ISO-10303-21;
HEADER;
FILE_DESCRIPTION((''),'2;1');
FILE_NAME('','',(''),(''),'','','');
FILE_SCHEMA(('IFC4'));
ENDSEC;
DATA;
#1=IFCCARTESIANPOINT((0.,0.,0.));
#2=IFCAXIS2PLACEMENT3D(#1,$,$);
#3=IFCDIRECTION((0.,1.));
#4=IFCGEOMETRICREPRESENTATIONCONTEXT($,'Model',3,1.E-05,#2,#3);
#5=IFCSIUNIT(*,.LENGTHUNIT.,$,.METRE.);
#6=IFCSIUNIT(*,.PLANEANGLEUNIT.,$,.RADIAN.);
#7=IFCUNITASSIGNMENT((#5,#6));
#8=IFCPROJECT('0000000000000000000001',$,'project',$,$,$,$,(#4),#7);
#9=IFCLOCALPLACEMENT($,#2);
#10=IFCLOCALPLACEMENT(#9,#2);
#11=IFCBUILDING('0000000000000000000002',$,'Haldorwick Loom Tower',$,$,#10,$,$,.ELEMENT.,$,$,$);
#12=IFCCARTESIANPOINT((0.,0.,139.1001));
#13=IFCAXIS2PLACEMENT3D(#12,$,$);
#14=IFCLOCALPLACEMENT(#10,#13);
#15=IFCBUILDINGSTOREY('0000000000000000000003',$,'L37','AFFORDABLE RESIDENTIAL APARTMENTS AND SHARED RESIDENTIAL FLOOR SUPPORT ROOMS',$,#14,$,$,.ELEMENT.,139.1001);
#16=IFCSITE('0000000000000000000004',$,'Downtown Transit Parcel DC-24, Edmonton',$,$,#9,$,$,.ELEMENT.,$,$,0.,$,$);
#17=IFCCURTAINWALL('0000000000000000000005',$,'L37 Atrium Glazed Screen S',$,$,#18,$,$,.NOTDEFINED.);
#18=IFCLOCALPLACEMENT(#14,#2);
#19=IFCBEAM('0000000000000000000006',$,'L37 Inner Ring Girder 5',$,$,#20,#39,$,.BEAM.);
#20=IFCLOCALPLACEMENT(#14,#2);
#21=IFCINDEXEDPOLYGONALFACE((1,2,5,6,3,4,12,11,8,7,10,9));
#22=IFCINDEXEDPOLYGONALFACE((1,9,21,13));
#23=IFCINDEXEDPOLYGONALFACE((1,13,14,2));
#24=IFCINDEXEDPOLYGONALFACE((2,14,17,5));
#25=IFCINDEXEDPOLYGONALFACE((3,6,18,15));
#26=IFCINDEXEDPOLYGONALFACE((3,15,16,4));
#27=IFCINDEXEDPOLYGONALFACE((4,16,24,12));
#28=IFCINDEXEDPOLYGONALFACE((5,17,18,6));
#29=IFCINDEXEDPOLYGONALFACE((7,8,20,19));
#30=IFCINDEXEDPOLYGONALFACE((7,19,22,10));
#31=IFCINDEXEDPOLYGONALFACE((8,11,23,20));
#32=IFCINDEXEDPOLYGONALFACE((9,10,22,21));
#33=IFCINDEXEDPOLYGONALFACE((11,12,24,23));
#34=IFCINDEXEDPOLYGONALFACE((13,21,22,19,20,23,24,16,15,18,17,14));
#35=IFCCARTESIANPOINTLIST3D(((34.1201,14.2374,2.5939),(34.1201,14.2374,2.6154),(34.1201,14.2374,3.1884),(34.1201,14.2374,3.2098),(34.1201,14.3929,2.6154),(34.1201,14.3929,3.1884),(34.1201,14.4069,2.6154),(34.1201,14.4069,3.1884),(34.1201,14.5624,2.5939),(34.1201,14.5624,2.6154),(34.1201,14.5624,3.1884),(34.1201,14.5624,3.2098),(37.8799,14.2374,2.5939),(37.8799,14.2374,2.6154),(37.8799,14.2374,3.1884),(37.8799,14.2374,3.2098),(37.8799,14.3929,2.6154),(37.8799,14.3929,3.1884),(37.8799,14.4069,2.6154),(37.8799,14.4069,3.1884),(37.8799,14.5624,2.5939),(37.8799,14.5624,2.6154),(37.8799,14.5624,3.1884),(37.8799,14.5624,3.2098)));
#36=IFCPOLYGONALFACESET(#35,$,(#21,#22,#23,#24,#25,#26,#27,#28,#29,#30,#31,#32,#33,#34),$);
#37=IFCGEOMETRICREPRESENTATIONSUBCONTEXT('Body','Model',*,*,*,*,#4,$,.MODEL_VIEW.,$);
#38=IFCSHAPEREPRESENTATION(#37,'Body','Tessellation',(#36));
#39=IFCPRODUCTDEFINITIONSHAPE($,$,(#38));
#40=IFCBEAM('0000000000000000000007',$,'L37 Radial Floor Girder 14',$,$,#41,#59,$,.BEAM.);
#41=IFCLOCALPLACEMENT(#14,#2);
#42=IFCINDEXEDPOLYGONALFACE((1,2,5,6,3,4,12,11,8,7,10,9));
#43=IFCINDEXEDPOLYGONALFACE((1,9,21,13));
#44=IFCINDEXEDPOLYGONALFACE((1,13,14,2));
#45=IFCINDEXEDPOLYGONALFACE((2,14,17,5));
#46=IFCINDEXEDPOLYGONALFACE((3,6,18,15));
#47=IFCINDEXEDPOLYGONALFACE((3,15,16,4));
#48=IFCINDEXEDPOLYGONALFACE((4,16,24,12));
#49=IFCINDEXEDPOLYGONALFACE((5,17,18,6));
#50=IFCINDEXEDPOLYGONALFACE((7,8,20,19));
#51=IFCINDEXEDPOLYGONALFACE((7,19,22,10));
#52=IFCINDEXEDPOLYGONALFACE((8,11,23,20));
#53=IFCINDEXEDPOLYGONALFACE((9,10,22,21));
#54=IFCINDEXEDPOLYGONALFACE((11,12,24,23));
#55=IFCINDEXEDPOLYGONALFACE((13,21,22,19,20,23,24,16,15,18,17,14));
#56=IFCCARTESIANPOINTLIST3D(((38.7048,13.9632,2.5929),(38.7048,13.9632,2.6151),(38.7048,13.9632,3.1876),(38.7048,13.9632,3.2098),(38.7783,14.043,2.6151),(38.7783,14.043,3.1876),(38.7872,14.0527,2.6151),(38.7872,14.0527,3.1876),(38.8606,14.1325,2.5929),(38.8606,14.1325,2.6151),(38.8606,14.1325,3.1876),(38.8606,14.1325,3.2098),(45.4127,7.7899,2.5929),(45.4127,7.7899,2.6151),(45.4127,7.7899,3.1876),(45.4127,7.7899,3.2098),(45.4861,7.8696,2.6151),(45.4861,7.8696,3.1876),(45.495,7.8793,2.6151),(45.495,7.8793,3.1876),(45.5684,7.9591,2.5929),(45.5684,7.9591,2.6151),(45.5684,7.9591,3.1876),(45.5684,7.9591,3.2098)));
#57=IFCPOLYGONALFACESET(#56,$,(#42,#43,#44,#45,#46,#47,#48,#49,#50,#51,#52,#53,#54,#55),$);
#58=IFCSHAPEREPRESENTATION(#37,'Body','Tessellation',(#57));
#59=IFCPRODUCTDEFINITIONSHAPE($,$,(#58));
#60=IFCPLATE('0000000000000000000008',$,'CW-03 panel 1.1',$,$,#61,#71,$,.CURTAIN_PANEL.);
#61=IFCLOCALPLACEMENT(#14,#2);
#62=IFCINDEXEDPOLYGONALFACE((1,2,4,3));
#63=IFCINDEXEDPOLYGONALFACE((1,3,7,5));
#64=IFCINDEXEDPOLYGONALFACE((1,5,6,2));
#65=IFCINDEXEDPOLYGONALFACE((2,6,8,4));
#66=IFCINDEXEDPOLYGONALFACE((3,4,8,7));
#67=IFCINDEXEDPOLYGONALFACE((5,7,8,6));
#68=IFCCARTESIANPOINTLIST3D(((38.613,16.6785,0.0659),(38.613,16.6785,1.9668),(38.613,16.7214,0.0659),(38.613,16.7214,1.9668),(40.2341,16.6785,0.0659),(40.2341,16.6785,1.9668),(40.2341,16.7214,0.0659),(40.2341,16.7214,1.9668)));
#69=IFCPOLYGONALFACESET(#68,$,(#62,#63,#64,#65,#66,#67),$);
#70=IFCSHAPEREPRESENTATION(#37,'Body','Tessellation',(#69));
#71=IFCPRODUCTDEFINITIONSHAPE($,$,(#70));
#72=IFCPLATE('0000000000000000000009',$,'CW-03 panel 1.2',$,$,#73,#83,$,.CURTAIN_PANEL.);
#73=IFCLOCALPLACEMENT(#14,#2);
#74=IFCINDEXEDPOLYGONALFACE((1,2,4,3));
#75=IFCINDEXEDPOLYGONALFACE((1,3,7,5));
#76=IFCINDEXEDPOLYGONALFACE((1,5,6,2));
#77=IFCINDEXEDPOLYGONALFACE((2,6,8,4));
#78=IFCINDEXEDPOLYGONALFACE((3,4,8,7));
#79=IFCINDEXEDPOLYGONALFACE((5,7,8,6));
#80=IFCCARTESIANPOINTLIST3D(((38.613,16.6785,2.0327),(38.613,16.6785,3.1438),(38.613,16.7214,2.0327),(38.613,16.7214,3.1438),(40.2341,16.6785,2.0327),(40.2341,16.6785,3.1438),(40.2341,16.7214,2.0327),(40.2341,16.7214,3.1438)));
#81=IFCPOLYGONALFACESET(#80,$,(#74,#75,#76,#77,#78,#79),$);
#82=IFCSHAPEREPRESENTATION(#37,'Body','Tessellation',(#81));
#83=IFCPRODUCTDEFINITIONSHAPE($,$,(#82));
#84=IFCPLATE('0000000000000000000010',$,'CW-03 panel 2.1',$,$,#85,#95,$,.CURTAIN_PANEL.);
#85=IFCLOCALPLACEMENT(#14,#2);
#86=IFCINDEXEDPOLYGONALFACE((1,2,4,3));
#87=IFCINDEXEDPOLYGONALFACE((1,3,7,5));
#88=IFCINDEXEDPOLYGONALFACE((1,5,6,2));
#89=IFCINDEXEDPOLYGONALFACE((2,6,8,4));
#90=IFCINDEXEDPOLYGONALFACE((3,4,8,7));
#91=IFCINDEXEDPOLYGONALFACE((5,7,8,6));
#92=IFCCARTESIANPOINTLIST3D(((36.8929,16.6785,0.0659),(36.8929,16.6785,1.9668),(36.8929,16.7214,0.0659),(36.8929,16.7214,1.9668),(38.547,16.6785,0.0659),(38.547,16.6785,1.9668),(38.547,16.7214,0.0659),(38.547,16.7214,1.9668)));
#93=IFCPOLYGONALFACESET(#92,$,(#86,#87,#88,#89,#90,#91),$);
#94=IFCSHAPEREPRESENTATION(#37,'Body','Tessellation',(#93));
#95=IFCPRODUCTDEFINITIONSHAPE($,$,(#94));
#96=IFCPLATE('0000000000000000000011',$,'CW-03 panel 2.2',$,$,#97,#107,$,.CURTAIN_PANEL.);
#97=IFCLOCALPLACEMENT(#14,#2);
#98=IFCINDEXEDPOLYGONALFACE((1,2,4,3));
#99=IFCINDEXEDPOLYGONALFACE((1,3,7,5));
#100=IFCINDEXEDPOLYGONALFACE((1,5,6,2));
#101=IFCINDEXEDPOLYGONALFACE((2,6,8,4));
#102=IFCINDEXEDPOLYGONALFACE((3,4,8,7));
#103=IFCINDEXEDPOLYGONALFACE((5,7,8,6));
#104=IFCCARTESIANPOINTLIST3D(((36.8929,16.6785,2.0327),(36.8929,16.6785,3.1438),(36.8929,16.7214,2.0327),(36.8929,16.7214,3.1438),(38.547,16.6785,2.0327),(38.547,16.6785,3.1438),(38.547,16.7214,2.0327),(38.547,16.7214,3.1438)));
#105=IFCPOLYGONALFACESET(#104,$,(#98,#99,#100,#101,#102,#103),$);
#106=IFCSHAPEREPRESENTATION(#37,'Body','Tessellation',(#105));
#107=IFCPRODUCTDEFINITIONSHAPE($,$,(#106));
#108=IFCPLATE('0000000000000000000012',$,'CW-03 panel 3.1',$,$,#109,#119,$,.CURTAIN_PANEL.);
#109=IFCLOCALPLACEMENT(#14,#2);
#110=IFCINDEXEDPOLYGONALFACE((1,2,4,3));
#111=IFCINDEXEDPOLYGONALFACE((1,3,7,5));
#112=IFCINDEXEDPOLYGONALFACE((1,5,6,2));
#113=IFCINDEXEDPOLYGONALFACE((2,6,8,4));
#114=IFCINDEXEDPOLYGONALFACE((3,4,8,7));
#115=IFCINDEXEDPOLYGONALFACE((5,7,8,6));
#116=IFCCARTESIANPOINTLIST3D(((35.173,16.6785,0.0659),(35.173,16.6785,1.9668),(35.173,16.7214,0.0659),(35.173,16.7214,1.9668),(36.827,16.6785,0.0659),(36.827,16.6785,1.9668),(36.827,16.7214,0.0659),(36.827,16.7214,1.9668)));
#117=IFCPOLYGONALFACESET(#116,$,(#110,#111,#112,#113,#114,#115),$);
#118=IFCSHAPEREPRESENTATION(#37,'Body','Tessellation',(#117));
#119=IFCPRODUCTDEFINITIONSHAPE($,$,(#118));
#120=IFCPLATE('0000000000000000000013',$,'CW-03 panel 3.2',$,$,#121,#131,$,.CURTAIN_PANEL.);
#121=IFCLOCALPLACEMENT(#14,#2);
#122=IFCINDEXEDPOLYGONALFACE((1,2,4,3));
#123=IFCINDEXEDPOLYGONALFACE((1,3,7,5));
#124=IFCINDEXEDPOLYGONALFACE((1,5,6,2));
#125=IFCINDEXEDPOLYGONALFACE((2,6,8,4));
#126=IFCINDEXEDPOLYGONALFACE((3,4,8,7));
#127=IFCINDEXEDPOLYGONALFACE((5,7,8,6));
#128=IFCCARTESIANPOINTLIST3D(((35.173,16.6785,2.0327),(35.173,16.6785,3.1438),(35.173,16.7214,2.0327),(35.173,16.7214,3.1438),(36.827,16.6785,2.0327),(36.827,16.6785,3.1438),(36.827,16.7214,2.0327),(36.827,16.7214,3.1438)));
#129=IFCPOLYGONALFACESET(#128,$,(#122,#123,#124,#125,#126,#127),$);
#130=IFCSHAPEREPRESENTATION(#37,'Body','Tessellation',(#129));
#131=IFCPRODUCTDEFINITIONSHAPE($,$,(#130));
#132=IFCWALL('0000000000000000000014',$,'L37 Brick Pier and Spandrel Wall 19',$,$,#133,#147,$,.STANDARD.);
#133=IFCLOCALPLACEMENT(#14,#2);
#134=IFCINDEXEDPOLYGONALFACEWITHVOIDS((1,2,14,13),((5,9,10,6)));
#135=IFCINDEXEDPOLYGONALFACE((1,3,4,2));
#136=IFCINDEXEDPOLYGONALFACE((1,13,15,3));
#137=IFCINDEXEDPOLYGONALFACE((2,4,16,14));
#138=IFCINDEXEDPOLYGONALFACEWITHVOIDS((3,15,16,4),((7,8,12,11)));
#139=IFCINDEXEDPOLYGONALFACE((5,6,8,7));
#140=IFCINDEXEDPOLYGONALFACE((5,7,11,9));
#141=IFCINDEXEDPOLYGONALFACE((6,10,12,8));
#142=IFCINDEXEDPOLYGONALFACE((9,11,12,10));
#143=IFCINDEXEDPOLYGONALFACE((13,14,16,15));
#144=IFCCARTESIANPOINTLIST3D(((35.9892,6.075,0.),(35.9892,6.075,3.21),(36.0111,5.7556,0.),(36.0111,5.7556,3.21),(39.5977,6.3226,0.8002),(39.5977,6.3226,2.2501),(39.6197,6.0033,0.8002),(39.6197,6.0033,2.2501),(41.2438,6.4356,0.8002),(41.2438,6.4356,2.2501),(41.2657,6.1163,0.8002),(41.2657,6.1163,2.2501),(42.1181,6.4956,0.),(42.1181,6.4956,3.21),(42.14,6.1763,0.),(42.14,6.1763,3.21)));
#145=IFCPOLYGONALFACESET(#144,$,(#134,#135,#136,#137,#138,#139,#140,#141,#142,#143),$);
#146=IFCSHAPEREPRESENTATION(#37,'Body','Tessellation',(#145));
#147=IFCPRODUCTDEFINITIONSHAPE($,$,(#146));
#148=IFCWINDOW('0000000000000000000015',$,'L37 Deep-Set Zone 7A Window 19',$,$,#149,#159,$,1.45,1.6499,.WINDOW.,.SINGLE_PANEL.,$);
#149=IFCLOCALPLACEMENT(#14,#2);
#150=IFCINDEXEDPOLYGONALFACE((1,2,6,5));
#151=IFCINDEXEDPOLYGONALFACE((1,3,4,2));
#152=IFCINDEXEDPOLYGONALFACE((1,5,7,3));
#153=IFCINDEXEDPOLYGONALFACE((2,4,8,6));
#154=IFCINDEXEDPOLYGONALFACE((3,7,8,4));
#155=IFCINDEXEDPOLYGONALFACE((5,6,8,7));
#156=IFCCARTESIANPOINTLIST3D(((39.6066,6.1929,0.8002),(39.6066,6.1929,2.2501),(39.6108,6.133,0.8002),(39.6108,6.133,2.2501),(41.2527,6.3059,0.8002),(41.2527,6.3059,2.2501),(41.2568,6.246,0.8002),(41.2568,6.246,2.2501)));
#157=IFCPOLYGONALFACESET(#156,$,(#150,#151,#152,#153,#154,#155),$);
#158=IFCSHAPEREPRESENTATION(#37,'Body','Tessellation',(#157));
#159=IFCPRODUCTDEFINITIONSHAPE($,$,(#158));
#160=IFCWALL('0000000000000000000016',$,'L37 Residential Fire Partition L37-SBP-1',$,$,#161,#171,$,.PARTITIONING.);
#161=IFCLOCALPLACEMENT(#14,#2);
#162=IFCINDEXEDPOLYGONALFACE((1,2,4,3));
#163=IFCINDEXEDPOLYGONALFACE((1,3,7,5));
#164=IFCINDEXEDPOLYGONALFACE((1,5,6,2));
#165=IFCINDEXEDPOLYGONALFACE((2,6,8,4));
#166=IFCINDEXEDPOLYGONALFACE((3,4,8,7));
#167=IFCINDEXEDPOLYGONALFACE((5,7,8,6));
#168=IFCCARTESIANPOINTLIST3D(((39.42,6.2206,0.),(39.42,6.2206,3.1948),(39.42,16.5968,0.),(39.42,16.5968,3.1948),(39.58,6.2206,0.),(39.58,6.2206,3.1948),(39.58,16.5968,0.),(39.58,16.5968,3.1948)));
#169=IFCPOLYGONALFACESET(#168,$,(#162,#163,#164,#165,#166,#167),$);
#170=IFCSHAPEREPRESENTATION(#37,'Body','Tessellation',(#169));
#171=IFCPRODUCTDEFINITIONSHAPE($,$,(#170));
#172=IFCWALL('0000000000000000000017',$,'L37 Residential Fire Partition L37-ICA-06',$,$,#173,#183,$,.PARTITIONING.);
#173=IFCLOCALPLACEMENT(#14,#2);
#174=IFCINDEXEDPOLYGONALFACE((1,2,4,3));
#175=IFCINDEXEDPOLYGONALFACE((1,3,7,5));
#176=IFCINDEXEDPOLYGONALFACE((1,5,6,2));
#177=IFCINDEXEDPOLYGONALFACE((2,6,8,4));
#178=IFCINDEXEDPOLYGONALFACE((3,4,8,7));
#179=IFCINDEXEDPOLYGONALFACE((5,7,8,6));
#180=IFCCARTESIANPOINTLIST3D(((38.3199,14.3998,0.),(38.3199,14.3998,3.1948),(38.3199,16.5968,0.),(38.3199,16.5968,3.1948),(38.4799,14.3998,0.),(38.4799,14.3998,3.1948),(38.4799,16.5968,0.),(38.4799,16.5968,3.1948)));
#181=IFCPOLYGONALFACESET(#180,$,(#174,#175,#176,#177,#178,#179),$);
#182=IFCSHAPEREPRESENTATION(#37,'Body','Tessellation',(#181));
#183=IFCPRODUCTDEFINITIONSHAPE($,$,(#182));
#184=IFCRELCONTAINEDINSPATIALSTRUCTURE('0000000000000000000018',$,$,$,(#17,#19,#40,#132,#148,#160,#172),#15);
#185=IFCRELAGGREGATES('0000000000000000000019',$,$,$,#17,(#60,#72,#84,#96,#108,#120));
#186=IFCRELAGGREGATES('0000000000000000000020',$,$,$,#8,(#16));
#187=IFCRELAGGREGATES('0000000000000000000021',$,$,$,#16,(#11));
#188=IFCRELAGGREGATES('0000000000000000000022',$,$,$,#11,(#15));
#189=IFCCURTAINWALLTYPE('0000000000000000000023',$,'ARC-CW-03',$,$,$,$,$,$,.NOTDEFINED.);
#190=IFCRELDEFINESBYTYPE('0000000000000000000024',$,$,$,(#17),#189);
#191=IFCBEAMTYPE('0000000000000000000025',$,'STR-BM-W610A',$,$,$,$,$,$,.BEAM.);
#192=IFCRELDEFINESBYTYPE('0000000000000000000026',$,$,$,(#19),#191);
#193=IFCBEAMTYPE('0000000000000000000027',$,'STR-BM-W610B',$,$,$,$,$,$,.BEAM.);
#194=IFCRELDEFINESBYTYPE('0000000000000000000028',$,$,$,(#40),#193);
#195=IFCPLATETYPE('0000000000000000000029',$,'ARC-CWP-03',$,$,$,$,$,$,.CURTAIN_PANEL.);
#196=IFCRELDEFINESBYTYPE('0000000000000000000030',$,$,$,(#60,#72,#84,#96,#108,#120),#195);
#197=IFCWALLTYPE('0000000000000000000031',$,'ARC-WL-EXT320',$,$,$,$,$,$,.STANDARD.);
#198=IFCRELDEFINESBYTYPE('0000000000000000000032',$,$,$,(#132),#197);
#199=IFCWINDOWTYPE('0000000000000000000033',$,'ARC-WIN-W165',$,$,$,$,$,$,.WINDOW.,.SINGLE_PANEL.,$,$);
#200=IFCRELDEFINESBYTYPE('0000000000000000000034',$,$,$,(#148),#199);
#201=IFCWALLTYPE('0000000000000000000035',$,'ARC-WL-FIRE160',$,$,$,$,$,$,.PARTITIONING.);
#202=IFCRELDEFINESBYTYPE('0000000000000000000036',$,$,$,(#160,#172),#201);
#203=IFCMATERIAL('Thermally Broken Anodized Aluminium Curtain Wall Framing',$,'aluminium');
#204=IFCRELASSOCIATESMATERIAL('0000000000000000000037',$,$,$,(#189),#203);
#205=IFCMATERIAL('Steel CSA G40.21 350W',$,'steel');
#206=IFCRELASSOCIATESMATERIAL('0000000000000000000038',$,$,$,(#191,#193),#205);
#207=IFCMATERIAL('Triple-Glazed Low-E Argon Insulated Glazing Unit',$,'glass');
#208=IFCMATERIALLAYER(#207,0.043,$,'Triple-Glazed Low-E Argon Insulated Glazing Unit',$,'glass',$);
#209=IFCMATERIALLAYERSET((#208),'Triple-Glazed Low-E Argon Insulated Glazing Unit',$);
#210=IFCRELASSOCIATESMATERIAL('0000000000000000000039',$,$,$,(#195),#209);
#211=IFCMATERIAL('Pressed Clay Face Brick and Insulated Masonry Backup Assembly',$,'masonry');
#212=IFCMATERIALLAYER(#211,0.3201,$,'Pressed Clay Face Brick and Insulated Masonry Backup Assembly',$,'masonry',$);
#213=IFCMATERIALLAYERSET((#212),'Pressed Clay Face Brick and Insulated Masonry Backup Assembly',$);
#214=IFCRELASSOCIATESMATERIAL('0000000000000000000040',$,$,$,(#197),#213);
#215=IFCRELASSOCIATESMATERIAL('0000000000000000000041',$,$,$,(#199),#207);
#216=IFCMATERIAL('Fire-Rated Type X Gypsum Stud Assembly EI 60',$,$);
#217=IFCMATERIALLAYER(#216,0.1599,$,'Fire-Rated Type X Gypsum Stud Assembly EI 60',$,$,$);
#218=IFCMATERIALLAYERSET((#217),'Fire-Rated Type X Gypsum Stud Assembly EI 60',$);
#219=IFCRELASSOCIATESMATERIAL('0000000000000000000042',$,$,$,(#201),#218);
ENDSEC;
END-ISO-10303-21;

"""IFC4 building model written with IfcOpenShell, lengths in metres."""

from ifc_helpers import new_model, si_unit, direction, frame, frame_2d, origin, origin_2d, place, context, subcontext, project, spatial, rectangle, i_section, extrude, material, layer, layer_set, material_profile, profile_set, type_object, element, fill, aggregate, save


model = new_model("IFC4")

# Units and contexts
model_context = context("Model", 3, precision=1e-05, world=origin(), true_north=direction((0.0, 1.0)))
body_context = subcontext(model_context, "Body", "Model", "MODEL_VIEW")
ifc_project = project(units=[si_unit("LENGTHUNIT", "METRE"), si_unit("PLANEANGLEUNIT", "RADIAN")], contexts=[model_context])

# Site, building, storey
site_placement = place(None, origin())
site = spatial("IfcSite", under=ifc_project, at=site_placement, Name="Downtown Transit Parcel DC-24, Edmonton", CompositionType="ELEMENT", RefElevation=0.0)
building_placement = place(site_placement, origin())
building = spatial("IfcBuilding", under=site, at=building_placement, Name="Haldorwick Loom Tower", CompositionType="ELEMENT")
storey_placement = place(building_placement, frame((0.0, 0.0, 139.1001)))
storey = spatial("IfcBuildingStorey", under=building, at=storey_placement, Name="L37", Description="AFFORDABLE RESIDENTIAL APARTMENTS AND SHARED RESIDENTIAL FLOOR SUPPORT ROOMS", CompositionType="ELEMENT", Elevation=139.1001)

# Curtain wall
ifc_material_1 = material(Name="Thermally Broken Anodized Aluminium Curtain Wall Framing", Category="aluminium")
curtain_wall_type = type_object("IfcCurtainWallType", Name="ARC-CW-03", PredefinedType="NOTDEFINED", material=ifc_material_1)
curtain_wall_placement = place(storey_placement, origin())
curtain_wall = element("IfcCurtainWall", 1, at=curtain_wall_placement, inside=storey, type_object=curtain_wall_type, Name="L37 Atrium Glazed Screen S", PredefinedType="NOTDEFINED")

# Beams
ifc_material_2 = material(Name="Steel CSA G40.21 350W", Category="steel")
ifc_material_profile_1 = material_profile(ifc_material_2, i_section(OverallWidth=0.325, OverallDepth=0.616, WebThickness=0.0139, FlangeThickness=0.0215, at=origin_2d()), Name="W610X174", Category="steel")
ifc_profile_set_1 = profile_set([ifc_material_profile_1], Name="Steel CSA G40.21 350W")
beam_type_1 = type_object("IfcBeamType", Name="STR-BM-W610A", PredefinedType="BEAM", material=ifc_profile_set_1)
beam_1_placement = place(storey_placement, frame((37.8799, 14.3999, 2.9019), z_axis=(-1.0, 0.0, 0.0), x_axis=(0.0, -1.0, 0.0)))
element("IfcBeam", 2, at=beam_1_placement, inside=storey, type_object=beam_type_1, Name="L37 Inner Ring Girder 5", PredefinedType="BEAM", context=body_context, shape_type="SweptSolid", body=[
    extrude(i_section(OverallWidth=0.325, OverallDepth=0.616, WebThickness=0.0139, FlangeThickness=0.0215, at=origin_2d()), origin(), (0.0, 0.0, 1.0), 3.7598),
])
ifc_material_profile_2 = material_profile(ifc_material_2, i_section(OverallWidth=0.23, OverallDepth=0.6169, WebThickness=0.0132, FlangeThickness=0.0222, at=origin_2d()), Name="W610X140", Category="steel")
ifc_profile_set_2 = profile_set([ifc_material_profile_2], Name="Steel CSA G40.21 350W")
beam_type_2 = type_object("IfcBeamType", Name="STR-BM-W610B", PredefinedType="BEAM", material=ifc_profile_set_2)
beam_2_placement = place(storey_placement, frame((38.7827, 14.0479, 2.9014), z_axis=(0.735811, -0.677187, 0.0), x_axis=(0.677187, 0.735811, 0.0)))
element("IfcBeam", 3, at=beam_2_placement, inside=storey, type_object=beam_type_2, Name="L37 Radial Floor Girder 14", PredefinedType="BEAM", context=body_context, shape_type="SweptSolid", body=[
    extrude(i_section(OverallWidth=0.23, OverallDepth=0.6169, WebThickness=0.0132, FlangeThickness=0.0222, at=origin_2d()), origin(), (0.0, 0.0, 1.0), 9.1162),
])

# Plates
ifc_material_3 = material(Name="Triple-Glazed Low-E Argon Insulated Glazing Unit", Category="glass")
ifc_layer_1 = layer(ifc_material_3, 0.043, Name="Triple-Glazed Low-E Argon Insulated Glazing Unit", Category="glass")
ifc_layer_set_1 = layer_set([ifc_layer_1], Name="Triple-Glazed Low-E Argon Insulated Glazing Unit")
plate_type = type_object("IfcPlateType", Name="ARC-CWP-03", PredefinedType="CURTAIN_PANEL", material=ifc_layer_set_1)
plate_1_placement = place(storey_placement, frame((39.4236, 16.7, 0.0659), z_axis=(0.0, 0.0, 1.0), x_axis=(-1.0, 0.0, 0.0)))
plate_1 = element("IfcPlate", 4, at=plate_1_placement, type_object=plate_type, Name="CW-03 panel 1.1", PredefinedType="CURTAIN_PANEL", context=body_context, shape_type="SweptSolid", body=[
    extrude(rectangle(XDim=1.6211, YDim=0.043, at=origin_2d()), origin(), (0.0, 0.0, 1.0), 1.9009),
])
plate_2_placement = place(storey_placement, frame((39.4236, 16.7, 2.0327), z_axis=(0.0, 0.0, 1.0), x_axis=(-1.0, 0.0, 0.0)))
plate_2 = element("IfcPlate", 5, at=plate_2_placement, type_object=plate_type, Name="CW-03 panel 1.2", PredefinedType="CURTAIN_PANEL", context=body_context, shape_type="SweptSolid", body=[
    extrude(rectangle(XDim=1.6211, YDim=0.043, at=origin_2d()), origin(), (0.0, 0.0, 1.0), 1.1111),
])
plate_3_placement = place(storey_placement, frame((37.72, 16.7, 0.0659), z_axis=(0.0, 0.0, 1.0), x_axis=(-1.0, 0.0, 0.0)))
plate_3 = element("IfcPlate", 6, at=plate_3_placement, type_object=plate_type, Name="CW-03 panel 2.1", PredefinedType="CURTAIN_PANEL", context=body_context, shape_type="SweptSolid", body=[
    extrude(rectangle(XDim=1.6541, YDim=0.043, at=origin_2d()), origin(), (0.0, 0.0, 1.0), 1.9009),
])
plate_4_placement = place(storey_placement, frame((37.72, 16.7, 2.0327), z_axis=(0.0, 0.0, 1.0), x_axis=(-1.0, 0.0, 0.0)))
plate_4 = element("IfcPlate", 7, at=plate_4_placement, type_object=plate_type, Name="CW-03 panel 2.2", PredefinedType="CURTAIN_PANEL", context=body_context, shape_type="SweptSolid", body=[
    extrude(rectangle(XDim=1.6541, YDim=0.043, at=origin_2d()), origin(), (0.0, 0.0, 1.0), 1.1111),
])
plate_5_placement = place(storey_placement, frame((36.0, 16.7, 0.0659), z_axis=(0.0, 0.0, 1.0), x_axis=(-1.0, 0.0, 0.0)))
plate_5 = element("IfcPlate", 8, at=plate_5_placement, type_object=plate_type, Name="CW-03 panel 3.1", PredefinedType="CURTAIN_PANEL", context=body_context, shape_type="SweptSolid", body=[
    extrude(rectangle(XDim=1.6541, YDim=0.043, at=origin_2d()), origin(), (0.0, 0.0, 1.0), 1.9009),
])
plate_6_placement = place(storey_placement, frame((36.0, 16.7, 2.0327), z_axis=(0.0, 0.0, 1.0), x_axis=(-1.0, 0.0, 0.0)))
plate_6 = element("IfcPlate", 9, at=plate_6_placement, type_object=plate_type, Name="CW-03 panel 3.2", PredefinedType="CURTAIN_PANEL", context=body_context, shape_type="SweptSolid", body=[
    extrude(rectangle(XDim=1.6541, YDim=0.043, at=origin_2d()), origin(), (0.0, 0.0, 1.0), 1.1111),
])
aggregate(curtain_wall, [plate_1, plate_2, plate_3, plate_4, plate_5, plate_6])

# Wall, opening, window
ifc_material_4 = material(Name="Pressed Clay Face Brick and Insulated Masonry Backup Assembly", Category="masonry")
ifc_layer_2 = layer(ifc_material_4, 0.3201, Name="Pressed Clay Face Brick and Insulated Masonry Backup Assembly", Category="masonry")
ifc_layer_set_2 = layer_set([ifc_layer_2], Name="Pressed Clay Face Brick and Insulated Masonry Backup Assembly")
wall_type_1 = type_object("IfcWallType", Name="ARC-WL-EXT320", PredefinedType="STANDARD", material=ifc_layer_set_2)
wall_1_placement = place(storey_placement, frame((36.0, 5.9153, 0.0), z_axis=(0.0, 0.0, 1.0), x_axis=(0.997653, 0.068473, 0.0)))
wall_1 = element("IfcWall", 10, at=wall_1_placement, inside=storey, type_object=wall_type_1, Name="L37 Brick Pier and Spandrel Wall 19", PredefinedType="STANDARD", context=body_context, shape_type="SweptSolid", body=[
    extrude(rectangle(XDim=6.1433, YDim=0.3201, at=frame_2d((3.0718, 0.0))), origin(), (0.0, 0.0, 1.0), 3.21),
])
opening_placement = place(wall_1_placement, frame((3.6172, 0.0, 0.8)))
opening = element("IfcOpeningElement", 11, at=opening_placement, cuts=wall_1, PredefinedType="OPENING", context=body_context, shape_type="SweptSolid", body=[
    extrude(rectangle(XDim=1.6499, YDim=1.45, at=frame_2d((0.825, 0.7251))), frame((0.0, 0.1699, 0.0), z_axis=(0.0, -1.0, 0.0), x_axis=(1.0, 0.0, 0.0)), (0.0, 0.0, 1.0), 0.3401),
])
window_type = type_object("IfcWindowType", Name="ARC-WIN-W165", PartitioningType="SINGLE_PANEL", PredefinedType="WINDOW", material=ifc_material_3)
window_placement = place(opening_placement, origin())
window = element("IfcWindow", 12, at=window_placement, inside=storey, type_object=window_type, Name="L37 Deep-Set Zone 7A Window 19", OverallHeight=1.45, OverallWidth=1.6499, PartitioningType="SINGLE_PANEL", PredefinedType="WINDOW", context=body_context, shape_type="SweptSolid", body=[
    extrude(rectangle(XDim=1.6499, YDim=1.45, at=frame_2d((0.825, 0.7251))), frame((0.0, 0.03, 0.0), z_axis=(0.0, -1.0, 0.0), x_axis=(1.0, 0.0, 0.0)), (0.0, 0.0, 1.0), 0.0601),
])
fill(opening, window)

# Walls
ifc_material_5 = material(Name="Fire-Rated Type X Gypsum Stud Assembly EI 60")
ifc_layer_3 = layer(ifc_material_5, 0.1599, Name="Fire-Rated Type X Gypsum Stud Assembly EI 60")
ifc_layer_set_3 = layer_set([ifc_layer_3], Name="Fire-Rated Type X Gypsum Stud Assembly EI 60")
wall_type_2 = type_object("IfcWallType", Name="ARC-WL-FIRE160", PredefinedType="PARTITIONING", material=ifc_layer_set_3)
wall_2_placement = place(storey_placement, frame((39.5, 6.2207, 0.0), z_axis=(0.0, 0.0, 1.0), x_axis=(0.0, 1.0, 0.0)))
element("IfcWall", 13, at=wall_2_placement, inside=storey, type_object=wall_type_2, Name="L37 Residential Fire Partition L37-SBP-1", PredefinedType="PARTITIONING", context=body_context, shape_type="SweptSolid", body=[
    extrude(rectangle(XDim=10.3762, YDim=0.1599, at=frame_2d((5.188, 0.0))), origin(), (0.0, 0.0, 1.0), 3.1948),
])
wall_3_placement = place(storey_placement, frame((38.3999, 16.5969, 0.0), z_axis=(0.0, 0.0, 1.0), x_axis=(0.0, -1.0, 0.0)))
element("IfcWall", 14, at=wall_3_placement, inside=storey, type_object=wall_type_2, Name="L37 Residential Fire Partition L37-ICA-06", PredefinedType="PARTITIONING", context=body_context, shape_type="SweptSolid", body=[
    extrude(rectangle(XDim=2.197, YDim=0.1599, at=frame_2d((1.0986, 0.0))), origin(), (0.0, 0.0, 1.0), 3.1948),
])

save(model, "model.ifc")
